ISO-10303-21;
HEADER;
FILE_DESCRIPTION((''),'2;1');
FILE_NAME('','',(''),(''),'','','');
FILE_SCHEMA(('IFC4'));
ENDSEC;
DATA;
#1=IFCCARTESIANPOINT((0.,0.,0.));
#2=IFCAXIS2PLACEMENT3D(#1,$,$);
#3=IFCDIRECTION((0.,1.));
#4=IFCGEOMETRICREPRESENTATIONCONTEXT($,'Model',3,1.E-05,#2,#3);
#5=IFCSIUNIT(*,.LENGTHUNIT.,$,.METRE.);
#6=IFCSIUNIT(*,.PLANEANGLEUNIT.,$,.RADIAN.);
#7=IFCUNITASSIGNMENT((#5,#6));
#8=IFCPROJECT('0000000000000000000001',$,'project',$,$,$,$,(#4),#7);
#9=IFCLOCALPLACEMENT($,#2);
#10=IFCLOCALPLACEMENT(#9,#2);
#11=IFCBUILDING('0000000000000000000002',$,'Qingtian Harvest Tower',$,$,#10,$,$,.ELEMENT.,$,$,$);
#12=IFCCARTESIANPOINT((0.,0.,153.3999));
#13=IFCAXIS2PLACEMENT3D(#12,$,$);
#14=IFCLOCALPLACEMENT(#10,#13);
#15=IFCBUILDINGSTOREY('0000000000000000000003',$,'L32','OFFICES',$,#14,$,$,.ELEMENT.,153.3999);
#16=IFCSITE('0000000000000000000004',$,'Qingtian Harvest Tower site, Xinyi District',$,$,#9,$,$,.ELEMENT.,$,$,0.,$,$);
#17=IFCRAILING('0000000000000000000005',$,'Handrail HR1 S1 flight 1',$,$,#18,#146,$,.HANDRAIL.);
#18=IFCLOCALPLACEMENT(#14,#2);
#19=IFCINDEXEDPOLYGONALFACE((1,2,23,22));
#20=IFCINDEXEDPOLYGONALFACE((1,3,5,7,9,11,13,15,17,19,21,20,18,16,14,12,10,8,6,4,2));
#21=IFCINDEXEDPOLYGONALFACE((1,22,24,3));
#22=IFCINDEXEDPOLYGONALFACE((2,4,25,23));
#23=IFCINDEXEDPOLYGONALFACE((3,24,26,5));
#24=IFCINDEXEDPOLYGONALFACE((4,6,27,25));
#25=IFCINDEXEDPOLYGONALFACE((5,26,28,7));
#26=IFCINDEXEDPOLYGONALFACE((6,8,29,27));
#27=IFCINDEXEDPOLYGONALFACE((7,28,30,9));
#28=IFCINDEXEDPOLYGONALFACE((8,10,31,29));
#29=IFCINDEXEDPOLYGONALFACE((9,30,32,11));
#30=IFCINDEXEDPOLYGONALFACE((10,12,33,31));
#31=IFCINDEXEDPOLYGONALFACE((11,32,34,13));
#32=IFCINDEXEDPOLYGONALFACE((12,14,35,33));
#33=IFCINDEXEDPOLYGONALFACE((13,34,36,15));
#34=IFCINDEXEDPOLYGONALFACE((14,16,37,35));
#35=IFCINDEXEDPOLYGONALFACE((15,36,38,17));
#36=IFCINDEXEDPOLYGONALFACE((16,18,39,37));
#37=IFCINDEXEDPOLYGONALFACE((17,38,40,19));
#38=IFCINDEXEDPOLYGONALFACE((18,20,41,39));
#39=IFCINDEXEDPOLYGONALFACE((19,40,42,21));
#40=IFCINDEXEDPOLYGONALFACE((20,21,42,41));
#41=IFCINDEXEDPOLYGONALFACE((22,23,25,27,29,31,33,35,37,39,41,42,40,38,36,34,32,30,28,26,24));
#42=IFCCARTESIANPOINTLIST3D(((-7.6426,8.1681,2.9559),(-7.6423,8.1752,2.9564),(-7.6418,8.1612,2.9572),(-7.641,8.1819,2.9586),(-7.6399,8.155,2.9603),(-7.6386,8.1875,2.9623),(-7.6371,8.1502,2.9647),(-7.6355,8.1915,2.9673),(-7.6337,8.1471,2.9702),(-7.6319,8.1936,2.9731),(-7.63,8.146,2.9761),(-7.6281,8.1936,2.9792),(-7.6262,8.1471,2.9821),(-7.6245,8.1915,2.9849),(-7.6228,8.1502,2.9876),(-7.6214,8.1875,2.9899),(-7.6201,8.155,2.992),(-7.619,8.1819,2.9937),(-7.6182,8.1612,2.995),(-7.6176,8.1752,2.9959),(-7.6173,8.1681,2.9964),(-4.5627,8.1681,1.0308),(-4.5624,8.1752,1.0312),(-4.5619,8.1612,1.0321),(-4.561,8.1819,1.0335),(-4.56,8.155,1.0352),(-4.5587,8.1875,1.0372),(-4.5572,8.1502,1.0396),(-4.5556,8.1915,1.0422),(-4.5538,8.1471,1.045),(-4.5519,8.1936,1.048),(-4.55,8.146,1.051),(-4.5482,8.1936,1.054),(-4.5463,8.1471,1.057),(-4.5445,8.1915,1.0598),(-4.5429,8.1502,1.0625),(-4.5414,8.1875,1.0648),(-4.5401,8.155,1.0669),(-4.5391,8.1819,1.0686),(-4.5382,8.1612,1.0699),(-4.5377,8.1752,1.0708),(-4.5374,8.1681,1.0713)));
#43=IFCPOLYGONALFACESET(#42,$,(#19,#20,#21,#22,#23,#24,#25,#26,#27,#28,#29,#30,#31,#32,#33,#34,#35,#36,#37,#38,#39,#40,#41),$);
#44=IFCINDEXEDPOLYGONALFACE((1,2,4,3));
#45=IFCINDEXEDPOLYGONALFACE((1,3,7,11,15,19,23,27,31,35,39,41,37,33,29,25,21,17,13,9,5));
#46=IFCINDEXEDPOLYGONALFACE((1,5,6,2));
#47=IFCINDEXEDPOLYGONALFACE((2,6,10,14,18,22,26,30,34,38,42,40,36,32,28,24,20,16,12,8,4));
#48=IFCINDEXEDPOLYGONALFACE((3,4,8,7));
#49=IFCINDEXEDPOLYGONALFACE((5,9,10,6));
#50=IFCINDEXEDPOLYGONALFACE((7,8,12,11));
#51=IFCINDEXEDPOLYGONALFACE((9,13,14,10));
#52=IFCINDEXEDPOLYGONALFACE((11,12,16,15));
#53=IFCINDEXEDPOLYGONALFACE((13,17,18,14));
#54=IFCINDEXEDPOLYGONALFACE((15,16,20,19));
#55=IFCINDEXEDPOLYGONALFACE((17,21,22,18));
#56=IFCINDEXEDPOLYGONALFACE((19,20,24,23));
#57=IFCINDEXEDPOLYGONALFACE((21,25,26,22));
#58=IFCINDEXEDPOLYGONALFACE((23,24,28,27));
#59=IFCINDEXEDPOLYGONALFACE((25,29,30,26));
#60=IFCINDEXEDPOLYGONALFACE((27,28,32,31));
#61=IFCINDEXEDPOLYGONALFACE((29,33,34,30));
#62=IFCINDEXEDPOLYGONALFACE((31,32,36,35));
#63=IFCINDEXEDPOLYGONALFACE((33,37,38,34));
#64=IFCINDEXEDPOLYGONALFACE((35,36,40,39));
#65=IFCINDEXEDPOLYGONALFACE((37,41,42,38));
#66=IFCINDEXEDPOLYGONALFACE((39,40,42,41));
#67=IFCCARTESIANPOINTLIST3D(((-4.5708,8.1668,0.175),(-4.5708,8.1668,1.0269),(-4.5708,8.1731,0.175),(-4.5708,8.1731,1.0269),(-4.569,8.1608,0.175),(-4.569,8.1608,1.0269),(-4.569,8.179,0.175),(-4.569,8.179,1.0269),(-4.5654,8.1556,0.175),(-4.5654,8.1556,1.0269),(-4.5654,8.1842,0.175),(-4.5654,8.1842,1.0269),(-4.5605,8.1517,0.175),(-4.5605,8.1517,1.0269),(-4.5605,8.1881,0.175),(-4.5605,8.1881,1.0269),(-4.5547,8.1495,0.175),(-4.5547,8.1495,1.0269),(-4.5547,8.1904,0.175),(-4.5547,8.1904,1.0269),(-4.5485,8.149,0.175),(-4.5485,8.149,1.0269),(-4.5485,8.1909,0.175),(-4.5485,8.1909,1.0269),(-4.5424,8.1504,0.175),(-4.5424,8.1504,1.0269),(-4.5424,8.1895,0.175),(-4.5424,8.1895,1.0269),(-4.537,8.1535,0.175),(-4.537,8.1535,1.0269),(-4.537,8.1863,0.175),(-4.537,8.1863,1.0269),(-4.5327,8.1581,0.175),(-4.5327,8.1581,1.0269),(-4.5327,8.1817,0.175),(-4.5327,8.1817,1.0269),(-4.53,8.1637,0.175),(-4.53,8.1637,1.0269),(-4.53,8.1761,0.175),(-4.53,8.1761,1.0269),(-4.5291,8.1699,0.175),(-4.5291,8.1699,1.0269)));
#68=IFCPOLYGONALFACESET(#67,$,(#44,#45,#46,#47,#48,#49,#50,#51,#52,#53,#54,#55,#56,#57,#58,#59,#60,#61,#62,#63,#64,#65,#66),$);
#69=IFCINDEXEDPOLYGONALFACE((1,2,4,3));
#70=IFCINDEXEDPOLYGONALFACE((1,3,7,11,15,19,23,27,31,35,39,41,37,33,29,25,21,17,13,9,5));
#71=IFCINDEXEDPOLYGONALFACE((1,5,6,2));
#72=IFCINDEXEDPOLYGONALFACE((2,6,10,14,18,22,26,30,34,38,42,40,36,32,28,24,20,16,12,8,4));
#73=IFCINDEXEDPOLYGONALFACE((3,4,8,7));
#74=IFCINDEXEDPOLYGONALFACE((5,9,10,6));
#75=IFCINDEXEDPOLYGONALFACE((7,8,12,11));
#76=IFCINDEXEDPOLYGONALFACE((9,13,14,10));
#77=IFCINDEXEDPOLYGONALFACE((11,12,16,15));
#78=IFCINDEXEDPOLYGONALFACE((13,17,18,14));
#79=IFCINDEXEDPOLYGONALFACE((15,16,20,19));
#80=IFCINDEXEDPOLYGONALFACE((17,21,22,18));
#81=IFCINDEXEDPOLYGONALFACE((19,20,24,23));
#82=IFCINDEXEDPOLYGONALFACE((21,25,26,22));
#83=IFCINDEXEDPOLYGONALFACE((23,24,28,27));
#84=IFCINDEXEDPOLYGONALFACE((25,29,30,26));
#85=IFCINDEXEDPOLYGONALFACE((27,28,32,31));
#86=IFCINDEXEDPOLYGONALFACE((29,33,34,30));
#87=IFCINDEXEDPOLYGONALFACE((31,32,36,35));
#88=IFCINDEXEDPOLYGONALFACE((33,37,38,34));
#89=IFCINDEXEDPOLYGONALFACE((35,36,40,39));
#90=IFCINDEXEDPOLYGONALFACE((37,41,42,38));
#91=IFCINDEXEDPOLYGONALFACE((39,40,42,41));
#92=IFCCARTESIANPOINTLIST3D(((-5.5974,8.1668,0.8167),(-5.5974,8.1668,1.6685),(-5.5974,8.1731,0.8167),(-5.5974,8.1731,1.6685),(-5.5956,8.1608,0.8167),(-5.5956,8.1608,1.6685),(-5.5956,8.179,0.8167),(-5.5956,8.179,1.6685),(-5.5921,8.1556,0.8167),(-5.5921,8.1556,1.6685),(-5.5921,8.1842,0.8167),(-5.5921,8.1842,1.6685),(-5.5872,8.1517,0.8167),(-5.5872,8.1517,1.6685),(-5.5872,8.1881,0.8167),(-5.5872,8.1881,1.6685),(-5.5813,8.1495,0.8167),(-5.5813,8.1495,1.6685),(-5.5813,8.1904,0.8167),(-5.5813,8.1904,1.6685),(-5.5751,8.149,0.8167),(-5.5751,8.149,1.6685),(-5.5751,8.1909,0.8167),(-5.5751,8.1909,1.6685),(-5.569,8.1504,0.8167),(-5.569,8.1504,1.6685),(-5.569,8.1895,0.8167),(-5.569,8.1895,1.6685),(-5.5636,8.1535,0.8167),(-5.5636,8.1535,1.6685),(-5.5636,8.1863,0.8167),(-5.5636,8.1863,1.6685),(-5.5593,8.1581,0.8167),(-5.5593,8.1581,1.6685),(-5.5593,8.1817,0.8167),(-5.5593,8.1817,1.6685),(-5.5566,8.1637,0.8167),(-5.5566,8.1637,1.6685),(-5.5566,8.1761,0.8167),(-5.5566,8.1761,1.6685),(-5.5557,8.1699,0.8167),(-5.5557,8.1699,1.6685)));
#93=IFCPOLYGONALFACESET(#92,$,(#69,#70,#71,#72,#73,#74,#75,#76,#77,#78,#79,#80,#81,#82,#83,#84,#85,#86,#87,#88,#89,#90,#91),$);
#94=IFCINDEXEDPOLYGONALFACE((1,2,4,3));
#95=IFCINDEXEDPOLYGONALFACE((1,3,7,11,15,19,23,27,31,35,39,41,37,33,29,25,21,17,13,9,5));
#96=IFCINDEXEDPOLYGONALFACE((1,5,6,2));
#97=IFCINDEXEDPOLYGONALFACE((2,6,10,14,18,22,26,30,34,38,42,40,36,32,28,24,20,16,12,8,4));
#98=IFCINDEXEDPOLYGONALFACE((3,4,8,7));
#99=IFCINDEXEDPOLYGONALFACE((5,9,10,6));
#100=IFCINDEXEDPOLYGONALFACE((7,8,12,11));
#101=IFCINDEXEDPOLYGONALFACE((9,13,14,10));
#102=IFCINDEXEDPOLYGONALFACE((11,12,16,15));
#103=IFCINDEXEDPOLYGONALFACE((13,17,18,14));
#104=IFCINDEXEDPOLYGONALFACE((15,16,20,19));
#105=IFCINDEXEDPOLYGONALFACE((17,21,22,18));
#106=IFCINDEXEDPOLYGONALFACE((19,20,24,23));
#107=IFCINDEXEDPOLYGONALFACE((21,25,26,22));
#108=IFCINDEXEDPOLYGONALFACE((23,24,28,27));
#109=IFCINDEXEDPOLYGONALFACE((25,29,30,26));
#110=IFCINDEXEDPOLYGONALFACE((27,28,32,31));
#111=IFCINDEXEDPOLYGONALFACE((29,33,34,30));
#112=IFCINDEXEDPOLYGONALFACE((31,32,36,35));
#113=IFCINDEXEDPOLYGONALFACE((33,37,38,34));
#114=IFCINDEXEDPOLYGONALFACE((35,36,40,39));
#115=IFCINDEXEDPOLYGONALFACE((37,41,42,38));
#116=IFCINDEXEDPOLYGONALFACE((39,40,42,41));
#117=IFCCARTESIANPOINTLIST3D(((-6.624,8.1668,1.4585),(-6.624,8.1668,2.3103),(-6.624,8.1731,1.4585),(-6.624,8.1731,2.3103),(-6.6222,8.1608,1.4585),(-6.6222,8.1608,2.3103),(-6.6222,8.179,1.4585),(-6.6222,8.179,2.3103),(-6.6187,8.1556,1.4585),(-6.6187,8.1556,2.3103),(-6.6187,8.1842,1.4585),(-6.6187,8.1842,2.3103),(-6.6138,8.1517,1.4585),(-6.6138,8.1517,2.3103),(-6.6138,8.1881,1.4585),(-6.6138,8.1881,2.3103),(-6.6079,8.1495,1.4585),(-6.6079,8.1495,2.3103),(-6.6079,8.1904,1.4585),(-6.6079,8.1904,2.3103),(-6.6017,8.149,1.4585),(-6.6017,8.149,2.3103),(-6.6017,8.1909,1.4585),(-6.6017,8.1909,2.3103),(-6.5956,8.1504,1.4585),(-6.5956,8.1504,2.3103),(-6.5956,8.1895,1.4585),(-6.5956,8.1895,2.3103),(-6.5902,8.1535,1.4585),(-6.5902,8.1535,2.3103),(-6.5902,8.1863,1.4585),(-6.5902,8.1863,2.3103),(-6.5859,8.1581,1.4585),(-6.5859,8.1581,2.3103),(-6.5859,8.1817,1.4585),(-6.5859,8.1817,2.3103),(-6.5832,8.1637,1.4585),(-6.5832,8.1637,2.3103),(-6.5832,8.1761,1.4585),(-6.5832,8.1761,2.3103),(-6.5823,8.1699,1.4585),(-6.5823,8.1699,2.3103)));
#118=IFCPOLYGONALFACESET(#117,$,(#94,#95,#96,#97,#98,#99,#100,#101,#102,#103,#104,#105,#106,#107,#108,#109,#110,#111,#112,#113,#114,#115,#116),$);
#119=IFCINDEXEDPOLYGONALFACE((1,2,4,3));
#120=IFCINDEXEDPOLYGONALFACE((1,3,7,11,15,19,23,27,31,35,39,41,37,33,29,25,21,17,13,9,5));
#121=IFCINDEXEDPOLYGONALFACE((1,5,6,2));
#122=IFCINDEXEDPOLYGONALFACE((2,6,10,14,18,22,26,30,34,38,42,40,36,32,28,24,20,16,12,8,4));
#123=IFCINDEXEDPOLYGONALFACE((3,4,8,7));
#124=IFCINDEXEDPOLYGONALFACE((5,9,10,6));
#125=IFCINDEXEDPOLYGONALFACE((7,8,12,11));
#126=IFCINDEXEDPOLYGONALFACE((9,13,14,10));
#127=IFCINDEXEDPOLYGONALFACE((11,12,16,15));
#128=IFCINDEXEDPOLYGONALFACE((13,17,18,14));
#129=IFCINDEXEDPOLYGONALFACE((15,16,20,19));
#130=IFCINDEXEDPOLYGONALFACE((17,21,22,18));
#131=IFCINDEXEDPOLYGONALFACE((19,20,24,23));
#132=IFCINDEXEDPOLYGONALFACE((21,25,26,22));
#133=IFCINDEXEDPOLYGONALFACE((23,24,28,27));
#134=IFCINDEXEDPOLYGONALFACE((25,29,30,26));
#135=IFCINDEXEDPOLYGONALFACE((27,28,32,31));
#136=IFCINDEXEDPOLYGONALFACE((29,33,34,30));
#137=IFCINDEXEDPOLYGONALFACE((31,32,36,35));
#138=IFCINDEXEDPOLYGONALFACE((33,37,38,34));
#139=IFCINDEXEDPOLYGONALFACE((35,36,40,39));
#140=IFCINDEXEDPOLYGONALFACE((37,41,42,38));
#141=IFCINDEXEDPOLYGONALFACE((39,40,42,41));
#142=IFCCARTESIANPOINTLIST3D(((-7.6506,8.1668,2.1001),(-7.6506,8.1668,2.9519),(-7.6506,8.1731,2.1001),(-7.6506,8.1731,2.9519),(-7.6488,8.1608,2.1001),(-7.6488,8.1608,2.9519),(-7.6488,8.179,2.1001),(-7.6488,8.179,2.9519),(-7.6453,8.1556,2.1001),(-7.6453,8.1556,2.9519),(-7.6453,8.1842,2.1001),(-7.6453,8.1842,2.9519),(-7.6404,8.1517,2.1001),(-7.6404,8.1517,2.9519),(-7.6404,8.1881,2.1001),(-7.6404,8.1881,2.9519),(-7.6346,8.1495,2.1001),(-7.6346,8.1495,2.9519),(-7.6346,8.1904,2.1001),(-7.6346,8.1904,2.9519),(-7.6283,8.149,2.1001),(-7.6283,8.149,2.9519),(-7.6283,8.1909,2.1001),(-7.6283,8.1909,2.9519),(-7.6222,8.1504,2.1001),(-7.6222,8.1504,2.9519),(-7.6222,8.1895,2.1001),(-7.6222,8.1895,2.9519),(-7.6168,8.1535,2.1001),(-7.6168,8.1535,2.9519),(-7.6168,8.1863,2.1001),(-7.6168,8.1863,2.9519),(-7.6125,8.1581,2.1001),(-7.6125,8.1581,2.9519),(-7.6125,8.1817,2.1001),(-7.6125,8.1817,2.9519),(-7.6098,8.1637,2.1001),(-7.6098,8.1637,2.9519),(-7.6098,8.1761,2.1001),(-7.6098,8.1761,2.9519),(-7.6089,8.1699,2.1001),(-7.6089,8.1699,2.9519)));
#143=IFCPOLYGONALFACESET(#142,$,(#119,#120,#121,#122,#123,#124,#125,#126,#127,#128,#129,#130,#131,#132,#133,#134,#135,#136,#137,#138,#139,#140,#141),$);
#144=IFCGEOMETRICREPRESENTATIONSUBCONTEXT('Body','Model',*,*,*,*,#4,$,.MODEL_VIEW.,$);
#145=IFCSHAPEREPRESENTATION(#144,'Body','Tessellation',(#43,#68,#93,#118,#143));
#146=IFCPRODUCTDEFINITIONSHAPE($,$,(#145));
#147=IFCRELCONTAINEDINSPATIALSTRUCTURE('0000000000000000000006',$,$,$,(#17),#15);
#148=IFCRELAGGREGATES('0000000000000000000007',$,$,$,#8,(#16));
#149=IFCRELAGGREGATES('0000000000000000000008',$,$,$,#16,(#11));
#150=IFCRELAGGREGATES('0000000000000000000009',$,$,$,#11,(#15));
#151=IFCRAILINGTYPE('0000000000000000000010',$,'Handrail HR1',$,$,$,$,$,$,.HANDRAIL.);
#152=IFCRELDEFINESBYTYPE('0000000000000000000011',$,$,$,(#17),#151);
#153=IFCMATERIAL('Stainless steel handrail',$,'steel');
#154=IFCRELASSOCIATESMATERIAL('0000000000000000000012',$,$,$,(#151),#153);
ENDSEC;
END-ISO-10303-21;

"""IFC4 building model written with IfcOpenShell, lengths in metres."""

from ifc_helpers import new_model, si_unit, direction, frame, origin, origin_2d, place, context, subcontext, project, spatial, circle, extrude, material, type_object, element, save


model = new_model("IFC4")

# Units and contexts
model_context = context("Model", 3, precision=1e-05, world=origin(), true_north=direction((0.0, 1.0)))
body_context = subcontext(model_context, "Body", "Model", "MODEL_VIEW")
ifc_project = project(units=[si_unit("LENGTHUNIT", "METRE"), si_unit("PLANEANGLEUNIT", "RADIAN")], contexts=[model_context])

# Site, building, storey
site_placement = place(None, origin())
site = spatial("IfcSite", under=ifc_project, at=site_placement, Name="Qingtian Harvest Tower site, Xinyi District", CompositionType="ELEMENT", RefElevation=0.0)
building_placement = place(site_placement, origin())
building = spatial("IfcBuilding", under=site, at=building_placement, Name="Qingtian Harvest Tower", CompositionType="ELEMENT")
storey_placement = place(building_placement, frame((0.0, 0.0, 153.3999)))
storey = spatial("IfcBuildingStorey", under=building, at=storey_placement, Name="L32", Description="OFFICES", CompositionType="ELEMENT", Elevation=153.3999)

# Railing
ifc_material_1 = material(Name="Stainless steel handrail", Category="steel")
railing_type = type_object("IfcRailingType", Name="Handrail HR1", PredefinedType="HANDRAIL", material=ifc_material_1)
railing_1_placement = place(storey_placement, frame((-4.55, 8.1699, 0.175)))
element("IfcRailing", 1, at=railing_1_placement, inside=storey, type_object=railing_type, Name="Handrail HR1 S1 flight 1", PredefinedType="HANDRAIL", context=body_context, shape_type="SweptSolid", body=[
    extrude(circle(Radius=0.0239, at=origin_2d()), frame((0.0, 0.0, 0.876), z_axis=(-0.847979, 0.0, 0.530029), x_axis=(0.0, -1.0, 0.0)), (0.0, 0.0, 1.0), 3.6321),
    extrude(circle(Radius=0.021, at=origin_2d()), origin(), (0.0, 0.0, 1.0), 0.8518),
    extrude(circle(Radius=0.021, at=origin_2d()), frame((-1.0266, 0.0, 0.6416)), (0.0, 0.0, 1.0), 0.8518),
    extrude(circle(Radius=0.021, at=origin_2d()), frame((-2.0532, 0.0, 1.2834)), (0.0, 0.0, 1.0), 0.8518),
    extrude(circle(Radius=0.021, at=origin_2d()), frame((-3.0798, 0.0, 1.925)), (0.0, 0.0, 1.0), 0.8518),
])

save(model, "model.ifc")
